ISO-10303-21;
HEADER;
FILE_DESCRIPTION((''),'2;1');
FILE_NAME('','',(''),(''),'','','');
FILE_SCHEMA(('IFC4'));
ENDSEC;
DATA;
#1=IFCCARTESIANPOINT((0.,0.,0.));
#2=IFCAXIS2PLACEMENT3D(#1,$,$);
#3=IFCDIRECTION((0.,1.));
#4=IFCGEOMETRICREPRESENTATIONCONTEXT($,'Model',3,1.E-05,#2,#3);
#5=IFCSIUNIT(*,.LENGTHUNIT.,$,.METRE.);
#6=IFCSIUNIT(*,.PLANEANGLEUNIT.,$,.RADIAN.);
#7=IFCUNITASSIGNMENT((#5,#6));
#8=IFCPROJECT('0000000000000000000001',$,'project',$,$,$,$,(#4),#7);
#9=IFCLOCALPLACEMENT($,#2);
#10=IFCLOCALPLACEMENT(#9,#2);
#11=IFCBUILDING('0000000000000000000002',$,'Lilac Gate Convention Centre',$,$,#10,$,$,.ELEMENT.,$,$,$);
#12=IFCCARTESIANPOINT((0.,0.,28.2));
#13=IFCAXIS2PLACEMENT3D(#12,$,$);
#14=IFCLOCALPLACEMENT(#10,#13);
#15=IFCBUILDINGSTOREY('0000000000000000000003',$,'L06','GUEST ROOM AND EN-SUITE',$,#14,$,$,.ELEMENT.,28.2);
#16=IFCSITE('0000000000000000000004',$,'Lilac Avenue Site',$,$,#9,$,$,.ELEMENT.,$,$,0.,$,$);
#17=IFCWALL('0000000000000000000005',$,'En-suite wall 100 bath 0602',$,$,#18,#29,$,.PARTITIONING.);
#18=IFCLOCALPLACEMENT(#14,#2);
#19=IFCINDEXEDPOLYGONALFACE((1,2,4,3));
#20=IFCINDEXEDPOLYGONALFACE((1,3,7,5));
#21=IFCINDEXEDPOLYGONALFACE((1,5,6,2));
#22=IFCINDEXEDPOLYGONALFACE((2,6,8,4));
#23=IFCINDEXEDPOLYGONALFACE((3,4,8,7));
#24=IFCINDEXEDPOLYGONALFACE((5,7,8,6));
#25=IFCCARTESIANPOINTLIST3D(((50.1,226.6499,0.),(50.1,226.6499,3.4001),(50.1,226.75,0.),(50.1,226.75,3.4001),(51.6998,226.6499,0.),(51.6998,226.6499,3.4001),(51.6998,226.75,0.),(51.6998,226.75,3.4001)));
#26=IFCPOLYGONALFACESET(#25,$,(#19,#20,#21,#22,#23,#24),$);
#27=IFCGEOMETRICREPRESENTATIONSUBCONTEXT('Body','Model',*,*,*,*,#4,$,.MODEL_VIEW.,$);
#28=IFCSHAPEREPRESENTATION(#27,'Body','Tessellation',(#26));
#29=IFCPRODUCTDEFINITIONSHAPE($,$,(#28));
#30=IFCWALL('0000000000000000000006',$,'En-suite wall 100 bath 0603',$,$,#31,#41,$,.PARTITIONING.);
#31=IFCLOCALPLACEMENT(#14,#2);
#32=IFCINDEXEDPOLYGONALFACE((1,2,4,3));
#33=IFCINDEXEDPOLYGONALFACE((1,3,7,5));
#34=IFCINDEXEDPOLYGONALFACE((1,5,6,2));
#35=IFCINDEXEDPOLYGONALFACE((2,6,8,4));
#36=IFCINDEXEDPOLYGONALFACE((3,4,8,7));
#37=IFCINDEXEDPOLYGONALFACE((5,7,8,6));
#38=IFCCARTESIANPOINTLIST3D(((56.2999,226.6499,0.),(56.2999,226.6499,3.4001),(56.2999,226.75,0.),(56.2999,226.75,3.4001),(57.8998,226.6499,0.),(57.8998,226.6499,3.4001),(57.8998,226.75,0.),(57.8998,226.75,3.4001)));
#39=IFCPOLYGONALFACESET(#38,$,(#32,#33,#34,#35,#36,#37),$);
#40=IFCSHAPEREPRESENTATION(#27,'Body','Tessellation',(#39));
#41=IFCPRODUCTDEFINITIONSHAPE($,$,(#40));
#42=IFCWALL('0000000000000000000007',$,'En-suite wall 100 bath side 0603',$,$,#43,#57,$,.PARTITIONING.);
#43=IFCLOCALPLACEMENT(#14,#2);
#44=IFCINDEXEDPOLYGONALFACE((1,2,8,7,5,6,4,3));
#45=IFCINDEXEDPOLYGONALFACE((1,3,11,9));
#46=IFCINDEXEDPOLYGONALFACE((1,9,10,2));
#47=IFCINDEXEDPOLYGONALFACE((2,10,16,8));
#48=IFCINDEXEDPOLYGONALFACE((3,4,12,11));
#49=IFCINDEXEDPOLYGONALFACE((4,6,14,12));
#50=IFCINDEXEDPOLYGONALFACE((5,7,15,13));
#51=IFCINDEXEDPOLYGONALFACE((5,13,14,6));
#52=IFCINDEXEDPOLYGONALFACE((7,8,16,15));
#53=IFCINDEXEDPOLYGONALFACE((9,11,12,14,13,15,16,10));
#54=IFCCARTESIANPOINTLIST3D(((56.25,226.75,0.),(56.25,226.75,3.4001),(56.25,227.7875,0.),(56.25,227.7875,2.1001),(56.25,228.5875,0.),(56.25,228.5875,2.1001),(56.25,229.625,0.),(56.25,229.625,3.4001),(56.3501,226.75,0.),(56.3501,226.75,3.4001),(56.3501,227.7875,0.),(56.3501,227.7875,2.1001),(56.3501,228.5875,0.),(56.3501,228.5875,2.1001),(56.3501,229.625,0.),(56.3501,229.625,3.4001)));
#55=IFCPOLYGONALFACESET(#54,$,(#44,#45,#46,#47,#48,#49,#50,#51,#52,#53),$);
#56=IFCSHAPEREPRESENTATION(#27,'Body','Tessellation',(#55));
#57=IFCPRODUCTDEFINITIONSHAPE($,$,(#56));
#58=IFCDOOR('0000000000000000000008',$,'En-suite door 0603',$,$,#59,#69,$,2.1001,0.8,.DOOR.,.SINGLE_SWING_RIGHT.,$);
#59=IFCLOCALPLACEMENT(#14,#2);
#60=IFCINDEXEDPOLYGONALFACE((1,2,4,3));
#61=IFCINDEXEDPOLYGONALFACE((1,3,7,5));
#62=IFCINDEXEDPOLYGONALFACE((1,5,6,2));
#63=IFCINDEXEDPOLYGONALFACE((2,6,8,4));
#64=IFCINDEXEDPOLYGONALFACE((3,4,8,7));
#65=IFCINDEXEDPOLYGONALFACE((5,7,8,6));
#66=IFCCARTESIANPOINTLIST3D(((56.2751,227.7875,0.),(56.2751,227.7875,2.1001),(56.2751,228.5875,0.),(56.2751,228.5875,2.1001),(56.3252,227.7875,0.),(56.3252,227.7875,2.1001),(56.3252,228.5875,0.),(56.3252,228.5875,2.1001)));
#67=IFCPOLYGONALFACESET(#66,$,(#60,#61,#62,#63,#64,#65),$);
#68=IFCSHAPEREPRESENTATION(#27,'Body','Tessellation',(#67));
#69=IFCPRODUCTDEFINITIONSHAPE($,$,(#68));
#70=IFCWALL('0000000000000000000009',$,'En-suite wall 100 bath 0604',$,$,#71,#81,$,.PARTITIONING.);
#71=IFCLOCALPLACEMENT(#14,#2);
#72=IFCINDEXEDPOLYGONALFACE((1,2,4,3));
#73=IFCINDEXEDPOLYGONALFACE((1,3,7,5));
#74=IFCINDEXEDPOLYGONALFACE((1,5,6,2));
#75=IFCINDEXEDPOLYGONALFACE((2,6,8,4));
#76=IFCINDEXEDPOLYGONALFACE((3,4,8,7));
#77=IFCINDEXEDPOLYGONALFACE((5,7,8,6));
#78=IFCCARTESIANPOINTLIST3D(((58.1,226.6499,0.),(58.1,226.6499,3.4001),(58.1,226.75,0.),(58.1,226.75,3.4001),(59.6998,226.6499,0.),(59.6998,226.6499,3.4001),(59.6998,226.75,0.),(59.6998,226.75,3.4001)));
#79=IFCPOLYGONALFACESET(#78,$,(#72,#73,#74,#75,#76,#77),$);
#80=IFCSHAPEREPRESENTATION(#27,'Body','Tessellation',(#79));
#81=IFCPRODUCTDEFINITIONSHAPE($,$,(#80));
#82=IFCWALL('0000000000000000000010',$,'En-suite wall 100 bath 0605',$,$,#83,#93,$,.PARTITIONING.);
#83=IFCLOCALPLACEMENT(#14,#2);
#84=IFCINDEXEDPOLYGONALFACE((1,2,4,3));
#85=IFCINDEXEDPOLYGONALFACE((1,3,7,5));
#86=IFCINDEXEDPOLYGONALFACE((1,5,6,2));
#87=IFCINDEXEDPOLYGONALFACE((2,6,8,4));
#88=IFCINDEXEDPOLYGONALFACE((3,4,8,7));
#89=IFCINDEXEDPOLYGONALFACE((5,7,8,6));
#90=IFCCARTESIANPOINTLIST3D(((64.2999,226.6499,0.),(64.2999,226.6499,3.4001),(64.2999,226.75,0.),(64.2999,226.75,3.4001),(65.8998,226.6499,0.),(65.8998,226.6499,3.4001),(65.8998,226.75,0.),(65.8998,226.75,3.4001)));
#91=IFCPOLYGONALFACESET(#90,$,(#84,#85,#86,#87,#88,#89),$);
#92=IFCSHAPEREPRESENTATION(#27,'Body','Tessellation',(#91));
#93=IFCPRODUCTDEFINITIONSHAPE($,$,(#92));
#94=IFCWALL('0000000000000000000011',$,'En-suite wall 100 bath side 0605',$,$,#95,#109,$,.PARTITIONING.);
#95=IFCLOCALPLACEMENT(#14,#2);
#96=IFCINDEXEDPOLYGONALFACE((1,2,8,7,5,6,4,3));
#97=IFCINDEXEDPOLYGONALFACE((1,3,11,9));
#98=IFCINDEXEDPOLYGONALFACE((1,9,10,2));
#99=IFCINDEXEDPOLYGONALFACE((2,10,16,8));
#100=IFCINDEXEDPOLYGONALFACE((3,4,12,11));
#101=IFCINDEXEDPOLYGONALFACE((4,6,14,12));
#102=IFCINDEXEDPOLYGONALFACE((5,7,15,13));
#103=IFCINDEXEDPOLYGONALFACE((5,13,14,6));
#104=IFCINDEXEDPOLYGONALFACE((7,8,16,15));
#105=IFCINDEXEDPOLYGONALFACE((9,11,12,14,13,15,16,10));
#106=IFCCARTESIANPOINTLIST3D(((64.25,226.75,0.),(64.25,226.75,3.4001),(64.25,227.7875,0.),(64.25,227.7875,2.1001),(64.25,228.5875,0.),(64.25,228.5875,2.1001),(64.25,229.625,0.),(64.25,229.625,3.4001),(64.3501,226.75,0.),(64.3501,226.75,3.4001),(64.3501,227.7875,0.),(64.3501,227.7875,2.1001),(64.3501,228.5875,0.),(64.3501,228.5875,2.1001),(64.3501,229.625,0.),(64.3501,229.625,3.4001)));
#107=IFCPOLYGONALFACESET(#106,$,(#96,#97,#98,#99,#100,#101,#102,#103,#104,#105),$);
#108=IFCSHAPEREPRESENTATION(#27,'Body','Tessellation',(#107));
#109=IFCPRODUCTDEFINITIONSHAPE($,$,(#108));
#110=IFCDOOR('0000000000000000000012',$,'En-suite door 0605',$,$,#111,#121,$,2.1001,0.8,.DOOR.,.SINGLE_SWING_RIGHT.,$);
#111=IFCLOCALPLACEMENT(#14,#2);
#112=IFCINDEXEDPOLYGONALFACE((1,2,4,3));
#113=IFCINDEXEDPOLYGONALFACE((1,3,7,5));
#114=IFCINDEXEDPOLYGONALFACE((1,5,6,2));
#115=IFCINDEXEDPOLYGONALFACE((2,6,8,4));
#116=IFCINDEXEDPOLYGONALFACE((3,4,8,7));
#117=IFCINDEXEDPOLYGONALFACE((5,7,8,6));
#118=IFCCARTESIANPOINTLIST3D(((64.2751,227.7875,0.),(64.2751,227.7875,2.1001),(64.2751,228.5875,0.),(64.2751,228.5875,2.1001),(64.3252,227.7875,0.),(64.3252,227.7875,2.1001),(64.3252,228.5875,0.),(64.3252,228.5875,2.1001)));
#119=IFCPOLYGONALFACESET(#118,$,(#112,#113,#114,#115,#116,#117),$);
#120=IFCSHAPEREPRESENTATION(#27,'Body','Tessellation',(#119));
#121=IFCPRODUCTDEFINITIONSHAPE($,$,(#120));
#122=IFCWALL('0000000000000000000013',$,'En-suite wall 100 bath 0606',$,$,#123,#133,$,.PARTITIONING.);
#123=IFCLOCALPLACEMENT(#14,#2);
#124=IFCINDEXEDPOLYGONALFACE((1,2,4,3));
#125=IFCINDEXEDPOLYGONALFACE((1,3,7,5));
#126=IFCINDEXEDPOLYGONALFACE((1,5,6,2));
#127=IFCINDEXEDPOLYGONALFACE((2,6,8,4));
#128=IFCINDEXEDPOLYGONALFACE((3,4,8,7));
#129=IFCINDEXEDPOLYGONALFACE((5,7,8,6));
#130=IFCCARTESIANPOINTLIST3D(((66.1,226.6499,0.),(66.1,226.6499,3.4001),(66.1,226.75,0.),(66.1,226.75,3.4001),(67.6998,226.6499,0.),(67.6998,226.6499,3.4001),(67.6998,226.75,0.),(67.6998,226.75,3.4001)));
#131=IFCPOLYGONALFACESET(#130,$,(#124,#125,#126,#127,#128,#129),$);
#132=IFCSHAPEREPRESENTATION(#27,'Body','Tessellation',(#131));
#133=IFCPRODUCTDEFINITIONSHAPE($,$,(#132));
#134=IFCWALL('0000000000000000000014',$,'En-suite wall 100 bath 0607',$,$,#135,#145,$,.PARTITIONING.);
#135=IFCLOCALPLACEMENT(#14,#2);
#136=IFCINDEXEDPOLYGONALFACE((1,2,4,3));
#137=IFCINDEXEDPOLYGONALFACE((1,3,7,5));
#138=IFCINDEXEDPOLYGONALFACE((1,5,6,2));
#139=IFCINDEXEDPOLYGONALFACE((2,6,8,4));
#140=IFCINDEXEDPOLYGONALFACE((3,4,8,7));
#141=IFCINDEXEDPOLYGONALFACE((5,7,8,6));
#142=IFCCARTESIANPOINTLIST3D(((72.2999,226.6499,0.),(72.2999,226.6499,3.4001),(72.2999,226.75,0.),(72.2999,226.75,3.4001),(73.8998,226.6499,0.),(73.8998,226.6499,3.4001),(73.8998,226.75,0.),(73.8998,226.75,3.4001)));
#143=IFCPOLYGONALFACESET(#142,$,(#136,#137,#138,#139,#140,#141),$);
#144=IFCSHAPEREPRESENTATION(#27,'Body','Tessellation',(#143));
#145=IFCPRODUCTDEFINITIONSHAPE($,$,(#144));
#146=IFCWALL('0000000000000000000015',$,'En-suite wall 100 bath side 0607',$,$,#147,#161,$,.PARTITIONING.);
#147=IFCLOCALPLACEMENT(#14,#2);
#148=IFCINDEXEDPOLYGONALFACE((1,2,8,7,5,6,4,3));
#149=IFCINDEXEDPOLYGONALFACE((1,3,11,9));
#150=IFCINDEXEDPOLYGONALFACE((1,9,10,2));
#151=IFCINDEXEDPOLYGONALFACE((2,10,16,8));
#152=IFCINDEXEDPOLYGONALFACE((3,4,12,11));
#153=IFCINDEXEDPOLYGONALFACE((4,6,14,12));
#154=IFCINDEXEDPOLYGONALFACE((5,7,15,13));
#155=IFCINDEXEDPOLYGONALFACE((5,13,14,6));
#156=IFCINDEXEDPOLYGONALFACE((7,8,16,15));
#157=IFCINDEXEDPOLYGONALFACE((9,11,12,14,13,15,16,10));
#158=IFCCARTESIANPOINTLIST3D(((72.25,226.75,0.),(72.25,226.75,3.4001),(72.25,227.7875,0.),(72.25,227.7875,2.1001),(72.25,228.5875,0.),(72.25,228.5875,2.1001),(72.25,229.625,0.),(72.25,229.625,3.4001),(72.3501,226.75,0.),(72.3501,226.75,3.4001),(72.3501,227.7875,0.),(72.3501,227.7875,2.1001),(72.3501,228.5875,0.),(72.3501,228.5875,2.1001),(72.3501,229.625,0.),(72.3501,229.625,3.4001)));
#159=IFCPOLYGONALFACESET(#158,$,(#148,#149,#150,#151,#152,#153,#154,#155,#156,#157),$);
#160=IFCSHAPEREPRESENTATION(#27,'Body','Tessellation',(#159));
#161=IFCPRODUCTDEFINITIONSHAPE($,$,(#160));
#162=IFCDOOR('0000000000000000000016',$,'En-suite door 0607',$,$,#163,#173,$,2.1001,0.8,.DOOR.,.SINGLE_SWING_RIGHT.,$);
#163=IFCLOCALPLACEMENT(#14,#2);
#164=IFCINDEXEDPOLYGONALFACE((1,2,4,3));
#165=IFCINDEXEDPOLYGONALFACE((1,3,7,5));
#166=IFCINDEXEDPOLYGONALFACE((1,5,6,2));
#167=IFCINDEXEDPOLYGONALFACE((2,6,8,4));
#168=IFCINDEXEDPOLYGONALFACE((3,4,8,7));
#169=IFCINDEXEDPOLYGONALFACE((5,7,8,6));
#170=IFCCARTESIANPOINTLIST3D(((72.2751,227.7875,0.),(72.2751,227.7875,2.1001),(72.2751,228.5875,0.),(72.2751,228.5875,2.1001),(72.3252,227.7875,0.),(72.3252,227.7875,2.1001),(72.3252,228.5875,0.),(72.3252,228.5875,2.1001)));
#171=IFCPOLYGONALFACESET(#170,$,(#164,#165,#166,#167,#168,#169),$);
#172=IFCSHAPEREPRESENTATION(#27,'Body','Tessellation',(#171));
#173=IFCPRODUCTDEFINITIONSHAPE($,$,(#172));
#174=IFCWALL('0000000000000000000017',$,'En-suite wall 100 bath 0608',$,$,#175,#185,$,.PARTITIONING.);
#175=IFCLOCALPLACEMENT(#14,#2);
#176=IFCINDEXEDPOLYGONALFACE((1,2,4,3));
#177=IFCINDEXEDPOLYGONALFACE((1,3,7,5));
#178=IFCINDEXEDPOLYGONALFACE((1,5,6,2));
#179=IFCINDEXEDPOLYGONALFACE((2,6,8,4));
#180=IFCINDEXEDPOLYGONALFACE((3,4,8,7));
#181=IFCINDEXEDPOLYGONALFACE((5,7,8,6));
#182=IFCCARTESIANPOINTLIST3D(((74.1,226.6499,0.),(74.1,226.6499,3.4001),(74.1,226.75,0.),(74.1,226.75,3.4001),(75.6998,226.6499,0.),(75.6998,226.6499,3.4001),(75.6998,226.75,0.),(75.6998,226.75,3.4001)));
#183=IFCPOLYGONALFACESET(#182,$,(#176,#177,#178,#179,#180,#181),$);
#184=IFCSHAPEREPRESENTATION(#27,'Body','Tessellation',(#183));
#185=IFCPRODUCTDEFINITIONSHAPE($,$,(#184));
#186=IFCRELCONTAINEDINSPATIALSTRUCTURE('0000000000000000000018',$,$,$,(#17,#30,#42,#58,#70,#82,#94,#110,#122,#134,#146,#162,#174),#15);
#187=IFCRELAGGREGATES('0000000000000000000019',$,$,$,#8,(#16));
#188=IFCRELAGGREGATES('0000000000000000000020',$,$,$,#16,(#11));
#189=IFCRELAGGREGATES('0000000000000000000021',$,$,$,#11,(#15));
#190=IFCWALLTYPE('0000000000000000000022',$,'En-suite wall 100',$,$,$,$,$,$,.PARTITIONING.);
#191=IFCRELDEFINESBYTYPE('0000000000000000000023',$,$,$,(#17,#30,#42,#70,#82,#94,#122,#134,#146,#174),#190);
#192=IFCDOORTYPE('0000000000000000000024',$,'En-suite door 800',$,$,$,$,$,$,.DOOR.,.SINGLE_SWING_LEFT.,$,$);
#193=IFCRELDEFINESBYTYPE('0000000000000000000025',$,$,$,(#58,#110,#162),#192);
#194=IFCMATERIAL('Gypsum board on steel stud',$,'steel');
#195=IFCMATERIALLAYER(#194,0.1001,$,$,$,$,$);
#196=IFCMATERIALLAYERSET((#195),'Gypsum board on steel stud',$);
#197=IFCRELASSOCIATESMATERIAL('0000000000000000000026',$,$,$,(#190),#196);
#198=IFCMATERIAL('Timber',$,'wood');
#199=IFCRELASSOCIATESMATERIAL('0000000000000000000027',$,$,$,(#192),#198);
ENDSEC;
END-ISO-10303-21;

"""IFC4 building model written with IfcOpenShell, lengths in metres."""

from ifc_helpers import new_model, si_unit, direction, frame, frame_2d, origin, place, context, subcontext, project, spatial, rectangle, extrude, material, layer, layer_set, type_object, element, fill, save


model = new_model("IFC4")

# Units and contexts
model_context = context("Model", 3, precision=1e-05, world=origin(), true_north=direction((0.0, 1.0)))
body_context = subcontext(model_context, "Body", "Model", "MODEL_VIEW")
ifc_project = project(units=[si_unit("LENGTHUNIT", "METRE"), si_unit("PLANEANGLEUNIT", "RADIAN")], contexts=[model_context])

# Site, building, storey
site_placement = place(None, origin())
site = spatial("IfcSite", under=ifc_project, at=site_placement, Name="Lilac Avenue Site", CompositionType="ELEMENT", RefElevation=0.0)
building_placement = place(site_placement, origin())
building = spatial("IfcBuilding", under=site, at=building_placement, Name="Lilac Gate Convention Centre", CompositionType="ELEMENT")
storey_placement = place(building_placement, frame((0.0, 0.0, 28.2)))
storey = spatial("IfcBuildingStorey", under=building, at=storey_placement, Name="L06", Description="GUEST ROOM AND EN-SUITE", CompositionType="ELEMENT", Elevation=28.2)

# Walls
ifc_material_1 = material(Name="Gypsum board on steel stud", Category="steel")
ifc_layer_1 = layer(ifc_material_1, 0.1001)
ifc_layer_set_1 = layer_set([ifc_layer_1], Name="Gypsum board on steel stud")
wall_type_1 = type_object("IfcWallType", Name="En-suite wall 100", PredefinedType="PARTITIONING", material=ifc_layer_set_1)
for number, where, z_axis, x_axis, name in (
    (1, (50.1001, 226.7, 0.0), (0.0, 0.0, 1.0), (1.0, 0.0, 0.0), "En-suite wall 100 bath 0602"),
    (2, (56.3, 226.7, 0.0), (0.0, 0.0, 1.0), (1.0, 0.0, 0.0), "En-suite wall 100 bath 0603"),
):
    element("IfcWall", number, at=place(storey_placement, frame(where, z_axis=z_axis, x_axis=x_axis)), inside=storey, type_object=wall_type_1, Name=name, PredefinedType="PARTITIONING", context=body_context, shape_type="SweptSolid", body=[
        extrude(rectangle(XDim=1.5999, YDim=0.1001, at=frame_2d((0.7998, 0.0))), origin(), (0.0, 0.0, 1.0), 3.4001),
    ])

# Wall, opening, door
wall_1_placement = place(storey_placement, frame((56.3, 226.75, 0.0), z_axis=(0.0, 0.0, 1.0), x_axis=(0.0, 1.0, 0.0)))
wall_1 = element("IfcWall", 3, at=wall_1_placement, inside=storey, type_object=wall_type_1, Name="En-suite wall 100 bath side 0603", PredefinedType="PARTITIONING", context=body_context, shape_type="SweptSolid", body=[
    extrude(rectangle(XDim=2.875, YDim=0.1001, at=frame_2d((1.4375, 0.0))), origin(), (0.0, 0.0, 1.0), 3.4001),
])
opening_1_placement = place(wall_1_placement, frame((1.0376, 0.0, 0.0)))
opening_1 = element("IfcOpeningElement", 4, at=opening_1_placement, cuts=wall_1, PredefinedType="OPENING", context=body_context, shape_type="SweptSolid", body=[
    extrude(rectangle(XDim=0.8, YDim=2.1001, at=frame_2d((0.3999, 1.05))), frame((0.0, 0.0601, 0.0), z_axis=(0.0, -1.0, 0.0), x_axis=(1.0, 0.0, 0.0)), (0.0, 0.0, 1.0), 0.1201),
])
ifc_material_2 = material(Name="Timber", Category="wood")
door_type_1 = type_object("IfcDoorType", Name="En-suite door 800", OperationType="SINGLE_SWING_LEFT", PredefinedType="DOOR", material=ifc_material_2)
door_1_placement = place(opening_1_placement, origin())
door_1 = element("IfcDoor", 5, at=door_1_placement, inside=storey, type_object=door_type_1, Name="En-suite door 0603", OperationType="SINGLE_SWING_RIGHT", OverallHeight=2.1001, OverallWidth=0.8, PredefinedType="DOOR", context=body_context, shape_type="SweptSolid", body=[
    extrude(rectangle(XDim=0.8, YDim=2.1001, at=frame_2d((0.3999, 1.05))), frame((0.0, 0.0249, 0.0), z_axis=(0.0, -1.0, 0.0), x_axis=(1.0, 0.0, 0.0)), (0.0, 0.0, 1.0), 0.05),
])
fill(opening_1, door_1)

# Walls
for number, where, z_axis, x_axis, name in (
    (6, (58.1001, 226.7, 0.0), (0.0, 0.0, 1.0), (1.0, 0.0, 0.0), "En-suite wall 100 bath 0604"),
    (7, (64.3, 226.7, 0.0), (0.0, 0.0, 1.0), (1.0, 0.0, 0.0), "En-suite wall 100 bath 0605"),
):
    element("IfcWall", number, at=place(storey_placement, frame(where, z_axis=z_axis, x_axis=x_axis)), inside=storey, type_object=wall_type_1, Name=name, PredefinedType="PARTITIONING", context=body_context, shape_type="SweptSolid", body=[
        extrude(rectangle(XDim=1.5999, YDim=0.1001, at=frame_2d((0.7998, 0.0))), origin(), (0.0, 0.0, 1.0), 3.4001),
    ])

# Wall, opening, door
wall_2_placement = place(storey_placement, frame((64.3, 226.75, 0.0), z_axis=(0.0, 0.0, 1.0), x_axis=(0.0, 1.0, 0.0)))
wall_2 = element("IfcWall", 8, at=wall_2_placement, inside=storey, type_object=wall_type_1, Name="En-suite wall 100 bath side 0605", PredefinedType="PARTITIONING", context=body_context, shape_type="SweptSolid", body=[
    extrude(rectangle(XDim=2.875, YDim=0.1001, at=frame_2d((1.4375, 0.0))), origin(), (0.0, 0.0, 1.0), 3.4001),
])
opening_2_placement = place(wall_2_placement, frame((1.0376, 0.0, 0.0)))
opening_2 = element("IfcOpeningElement", 9, at=opening_2_placement, cuts=wall_2, PredefinedType="OPENING", context=body_context, shape_type="SweptSolid", body=[
    extrude(rectangle(XDim=0.8, YDim=2.1001, at=frame_2d((0.3999, 1.05))), frame((0.0, 0.0601, 0.0), z_axis=(0.0, -1.0, 0.0), x_axis=(1.0, 0.0, 0.0)), (0.0, 0.0, 1.0), 0.1201),
])
door_2_placement = place(opening_2_placement, origin())
door_2 = element("IfcDoor", 10, at=door_2_placement, inside=storey, type_object=door_type_1, Name="En-suite door 0605", OperationType="SINGLE_SWING_RIGHT", OverallHeight=2.1001, OverallWidth=0.8, PredefinedType="DOOR", context=body_context, shape_type="SweptSolid", body=[
    extrude(rectangle(XDim=0.8, YDim=2.1001, at=frame_2d((0.3999, 1.05))), frame((0.0, 0.0249, 0.0), z_axis=(0.0, -1.0, 0.0), x_axis=(1.0, 0.0, 0.0)), (0.0, 0.0, 1.0), 0.05),
])
fill(opening_2, door_2)

# Walls
for number, where, z_axis, x_axis, name in (
    (11, (66.1001, 226.7, 0.0), (0.0, 0.0, 1.0), (1.0, 0.0, 0.0), "En-suite wall 100 bath 0606"),
    (12, (72.3, 226.7, 0.0), (0.0, 0.0, 1.0), (1.0, 0.0, 0.0), "En-suite wall 100 bath 0607"),
):
    element("IfcWall", number, at=place(storey_placement, frame(where, z_axis=z_axis, x_axis=x_axis)), inside=storey, type_object=wall_type_1, Name=name, PredefinedType="PARTITIONING", context=body_context, shape_type="SweptSolid", body=[
        extrude(rectangle(XDim=1.5999, YDim=0.1001, at=frame_2d((0.7998, 0.0))), origin(), (0.0, 0.0, 1.0), 3.4001),
    ])

# Wall, opening, door
wall_3_placement = place(storey_placement, frame((72.3, 226.75, 0.0), z_axis=(0.0, 0.0, 1.0), x_axis=(0.0, 1.0, 0.0)))
wall_3 = element("IfcWall", 13, at=wall_3_placement, inside=storey, type_object=wall_type_1, Name="En-suite wall 100 bath side 0607", PredefinedType="PARTITIONING", context=body_context, shape_type="SweptSolid", body=[
    extrude(rectangle(XDim=2.875, YDim=0.1001, at=frame_2d((1.4375, 0.0))), origin(), (0.0, 0.0, 1.0), 3.4001),
])
opening_3_placement = place(wall_3_placement, frame((1.0376, 0.0, 0.0)))
opening_3 = element("IfcOpeningElement", 14, at=opening_3_placement, cuts=wall_3, PredefinedType="OPENING", context=body_context, shape_type="SweptSolid", body=[
    extrude(rectangle(XDim=0.8, YDim=2.1001, at=frame_2d((0.3999, 1.05))), frame((0.0, 0.0601, 0.0), z_axis=(0.0, -1.0, 0.0), x_axis=(1.0, 0.0, 0.0)), (0.0, 0.0, 1.0), 0.1201),
])
door_3_placement = place(opening_3_placement, origin())
door_3 = element("IfcDoor", 15, at=door_3_placement, inside=storey, type_object=door_type_1, Name="En-suite door 0607", OperationType="SINGLE_SWING_RIGHT", OverallHeight=2.1001, OverallWidth=0.8, PredefinedType="DOOR", context=body_context, shape_type="SweptSolid", body=[
    extrude(rectangle(XDim=0.8, YDim=2.1001, at=frame_2d((0.3999, 1.05))), frame((0.0, 0.0249, 0.0), z_axis=(0.0, -1.0, 0.0), x_axis=(1.0, 0.0, 0.0)), (0.0, 0.0, 1.0), 0.05),
])
fill(opening_3, door_3)

# Wall
wall_4_placement = place(storey_placement, frame((74.1001, 226.7, 0.0), z_axis=(0.0, 0.0, 1.0), x_axis=(1.0, 0.0, 0.0)))
element("IfcWall", 16, at=wall_4_placement, inside=storey, type_object=wall_type_1, Name="En-suite wall 100 bath 0608", PredefinedType="PARTITIONING", context=body_context, shape_type="SweptSolid", body=[
    extrude(rectangle(XDim=1.5999, YDim=0.1001, at=frame_2d((0.7998, 0.0))), origin(), (0.0, 0.0, 1.0), 3.4001),
])

save(model, "model.ifc")
